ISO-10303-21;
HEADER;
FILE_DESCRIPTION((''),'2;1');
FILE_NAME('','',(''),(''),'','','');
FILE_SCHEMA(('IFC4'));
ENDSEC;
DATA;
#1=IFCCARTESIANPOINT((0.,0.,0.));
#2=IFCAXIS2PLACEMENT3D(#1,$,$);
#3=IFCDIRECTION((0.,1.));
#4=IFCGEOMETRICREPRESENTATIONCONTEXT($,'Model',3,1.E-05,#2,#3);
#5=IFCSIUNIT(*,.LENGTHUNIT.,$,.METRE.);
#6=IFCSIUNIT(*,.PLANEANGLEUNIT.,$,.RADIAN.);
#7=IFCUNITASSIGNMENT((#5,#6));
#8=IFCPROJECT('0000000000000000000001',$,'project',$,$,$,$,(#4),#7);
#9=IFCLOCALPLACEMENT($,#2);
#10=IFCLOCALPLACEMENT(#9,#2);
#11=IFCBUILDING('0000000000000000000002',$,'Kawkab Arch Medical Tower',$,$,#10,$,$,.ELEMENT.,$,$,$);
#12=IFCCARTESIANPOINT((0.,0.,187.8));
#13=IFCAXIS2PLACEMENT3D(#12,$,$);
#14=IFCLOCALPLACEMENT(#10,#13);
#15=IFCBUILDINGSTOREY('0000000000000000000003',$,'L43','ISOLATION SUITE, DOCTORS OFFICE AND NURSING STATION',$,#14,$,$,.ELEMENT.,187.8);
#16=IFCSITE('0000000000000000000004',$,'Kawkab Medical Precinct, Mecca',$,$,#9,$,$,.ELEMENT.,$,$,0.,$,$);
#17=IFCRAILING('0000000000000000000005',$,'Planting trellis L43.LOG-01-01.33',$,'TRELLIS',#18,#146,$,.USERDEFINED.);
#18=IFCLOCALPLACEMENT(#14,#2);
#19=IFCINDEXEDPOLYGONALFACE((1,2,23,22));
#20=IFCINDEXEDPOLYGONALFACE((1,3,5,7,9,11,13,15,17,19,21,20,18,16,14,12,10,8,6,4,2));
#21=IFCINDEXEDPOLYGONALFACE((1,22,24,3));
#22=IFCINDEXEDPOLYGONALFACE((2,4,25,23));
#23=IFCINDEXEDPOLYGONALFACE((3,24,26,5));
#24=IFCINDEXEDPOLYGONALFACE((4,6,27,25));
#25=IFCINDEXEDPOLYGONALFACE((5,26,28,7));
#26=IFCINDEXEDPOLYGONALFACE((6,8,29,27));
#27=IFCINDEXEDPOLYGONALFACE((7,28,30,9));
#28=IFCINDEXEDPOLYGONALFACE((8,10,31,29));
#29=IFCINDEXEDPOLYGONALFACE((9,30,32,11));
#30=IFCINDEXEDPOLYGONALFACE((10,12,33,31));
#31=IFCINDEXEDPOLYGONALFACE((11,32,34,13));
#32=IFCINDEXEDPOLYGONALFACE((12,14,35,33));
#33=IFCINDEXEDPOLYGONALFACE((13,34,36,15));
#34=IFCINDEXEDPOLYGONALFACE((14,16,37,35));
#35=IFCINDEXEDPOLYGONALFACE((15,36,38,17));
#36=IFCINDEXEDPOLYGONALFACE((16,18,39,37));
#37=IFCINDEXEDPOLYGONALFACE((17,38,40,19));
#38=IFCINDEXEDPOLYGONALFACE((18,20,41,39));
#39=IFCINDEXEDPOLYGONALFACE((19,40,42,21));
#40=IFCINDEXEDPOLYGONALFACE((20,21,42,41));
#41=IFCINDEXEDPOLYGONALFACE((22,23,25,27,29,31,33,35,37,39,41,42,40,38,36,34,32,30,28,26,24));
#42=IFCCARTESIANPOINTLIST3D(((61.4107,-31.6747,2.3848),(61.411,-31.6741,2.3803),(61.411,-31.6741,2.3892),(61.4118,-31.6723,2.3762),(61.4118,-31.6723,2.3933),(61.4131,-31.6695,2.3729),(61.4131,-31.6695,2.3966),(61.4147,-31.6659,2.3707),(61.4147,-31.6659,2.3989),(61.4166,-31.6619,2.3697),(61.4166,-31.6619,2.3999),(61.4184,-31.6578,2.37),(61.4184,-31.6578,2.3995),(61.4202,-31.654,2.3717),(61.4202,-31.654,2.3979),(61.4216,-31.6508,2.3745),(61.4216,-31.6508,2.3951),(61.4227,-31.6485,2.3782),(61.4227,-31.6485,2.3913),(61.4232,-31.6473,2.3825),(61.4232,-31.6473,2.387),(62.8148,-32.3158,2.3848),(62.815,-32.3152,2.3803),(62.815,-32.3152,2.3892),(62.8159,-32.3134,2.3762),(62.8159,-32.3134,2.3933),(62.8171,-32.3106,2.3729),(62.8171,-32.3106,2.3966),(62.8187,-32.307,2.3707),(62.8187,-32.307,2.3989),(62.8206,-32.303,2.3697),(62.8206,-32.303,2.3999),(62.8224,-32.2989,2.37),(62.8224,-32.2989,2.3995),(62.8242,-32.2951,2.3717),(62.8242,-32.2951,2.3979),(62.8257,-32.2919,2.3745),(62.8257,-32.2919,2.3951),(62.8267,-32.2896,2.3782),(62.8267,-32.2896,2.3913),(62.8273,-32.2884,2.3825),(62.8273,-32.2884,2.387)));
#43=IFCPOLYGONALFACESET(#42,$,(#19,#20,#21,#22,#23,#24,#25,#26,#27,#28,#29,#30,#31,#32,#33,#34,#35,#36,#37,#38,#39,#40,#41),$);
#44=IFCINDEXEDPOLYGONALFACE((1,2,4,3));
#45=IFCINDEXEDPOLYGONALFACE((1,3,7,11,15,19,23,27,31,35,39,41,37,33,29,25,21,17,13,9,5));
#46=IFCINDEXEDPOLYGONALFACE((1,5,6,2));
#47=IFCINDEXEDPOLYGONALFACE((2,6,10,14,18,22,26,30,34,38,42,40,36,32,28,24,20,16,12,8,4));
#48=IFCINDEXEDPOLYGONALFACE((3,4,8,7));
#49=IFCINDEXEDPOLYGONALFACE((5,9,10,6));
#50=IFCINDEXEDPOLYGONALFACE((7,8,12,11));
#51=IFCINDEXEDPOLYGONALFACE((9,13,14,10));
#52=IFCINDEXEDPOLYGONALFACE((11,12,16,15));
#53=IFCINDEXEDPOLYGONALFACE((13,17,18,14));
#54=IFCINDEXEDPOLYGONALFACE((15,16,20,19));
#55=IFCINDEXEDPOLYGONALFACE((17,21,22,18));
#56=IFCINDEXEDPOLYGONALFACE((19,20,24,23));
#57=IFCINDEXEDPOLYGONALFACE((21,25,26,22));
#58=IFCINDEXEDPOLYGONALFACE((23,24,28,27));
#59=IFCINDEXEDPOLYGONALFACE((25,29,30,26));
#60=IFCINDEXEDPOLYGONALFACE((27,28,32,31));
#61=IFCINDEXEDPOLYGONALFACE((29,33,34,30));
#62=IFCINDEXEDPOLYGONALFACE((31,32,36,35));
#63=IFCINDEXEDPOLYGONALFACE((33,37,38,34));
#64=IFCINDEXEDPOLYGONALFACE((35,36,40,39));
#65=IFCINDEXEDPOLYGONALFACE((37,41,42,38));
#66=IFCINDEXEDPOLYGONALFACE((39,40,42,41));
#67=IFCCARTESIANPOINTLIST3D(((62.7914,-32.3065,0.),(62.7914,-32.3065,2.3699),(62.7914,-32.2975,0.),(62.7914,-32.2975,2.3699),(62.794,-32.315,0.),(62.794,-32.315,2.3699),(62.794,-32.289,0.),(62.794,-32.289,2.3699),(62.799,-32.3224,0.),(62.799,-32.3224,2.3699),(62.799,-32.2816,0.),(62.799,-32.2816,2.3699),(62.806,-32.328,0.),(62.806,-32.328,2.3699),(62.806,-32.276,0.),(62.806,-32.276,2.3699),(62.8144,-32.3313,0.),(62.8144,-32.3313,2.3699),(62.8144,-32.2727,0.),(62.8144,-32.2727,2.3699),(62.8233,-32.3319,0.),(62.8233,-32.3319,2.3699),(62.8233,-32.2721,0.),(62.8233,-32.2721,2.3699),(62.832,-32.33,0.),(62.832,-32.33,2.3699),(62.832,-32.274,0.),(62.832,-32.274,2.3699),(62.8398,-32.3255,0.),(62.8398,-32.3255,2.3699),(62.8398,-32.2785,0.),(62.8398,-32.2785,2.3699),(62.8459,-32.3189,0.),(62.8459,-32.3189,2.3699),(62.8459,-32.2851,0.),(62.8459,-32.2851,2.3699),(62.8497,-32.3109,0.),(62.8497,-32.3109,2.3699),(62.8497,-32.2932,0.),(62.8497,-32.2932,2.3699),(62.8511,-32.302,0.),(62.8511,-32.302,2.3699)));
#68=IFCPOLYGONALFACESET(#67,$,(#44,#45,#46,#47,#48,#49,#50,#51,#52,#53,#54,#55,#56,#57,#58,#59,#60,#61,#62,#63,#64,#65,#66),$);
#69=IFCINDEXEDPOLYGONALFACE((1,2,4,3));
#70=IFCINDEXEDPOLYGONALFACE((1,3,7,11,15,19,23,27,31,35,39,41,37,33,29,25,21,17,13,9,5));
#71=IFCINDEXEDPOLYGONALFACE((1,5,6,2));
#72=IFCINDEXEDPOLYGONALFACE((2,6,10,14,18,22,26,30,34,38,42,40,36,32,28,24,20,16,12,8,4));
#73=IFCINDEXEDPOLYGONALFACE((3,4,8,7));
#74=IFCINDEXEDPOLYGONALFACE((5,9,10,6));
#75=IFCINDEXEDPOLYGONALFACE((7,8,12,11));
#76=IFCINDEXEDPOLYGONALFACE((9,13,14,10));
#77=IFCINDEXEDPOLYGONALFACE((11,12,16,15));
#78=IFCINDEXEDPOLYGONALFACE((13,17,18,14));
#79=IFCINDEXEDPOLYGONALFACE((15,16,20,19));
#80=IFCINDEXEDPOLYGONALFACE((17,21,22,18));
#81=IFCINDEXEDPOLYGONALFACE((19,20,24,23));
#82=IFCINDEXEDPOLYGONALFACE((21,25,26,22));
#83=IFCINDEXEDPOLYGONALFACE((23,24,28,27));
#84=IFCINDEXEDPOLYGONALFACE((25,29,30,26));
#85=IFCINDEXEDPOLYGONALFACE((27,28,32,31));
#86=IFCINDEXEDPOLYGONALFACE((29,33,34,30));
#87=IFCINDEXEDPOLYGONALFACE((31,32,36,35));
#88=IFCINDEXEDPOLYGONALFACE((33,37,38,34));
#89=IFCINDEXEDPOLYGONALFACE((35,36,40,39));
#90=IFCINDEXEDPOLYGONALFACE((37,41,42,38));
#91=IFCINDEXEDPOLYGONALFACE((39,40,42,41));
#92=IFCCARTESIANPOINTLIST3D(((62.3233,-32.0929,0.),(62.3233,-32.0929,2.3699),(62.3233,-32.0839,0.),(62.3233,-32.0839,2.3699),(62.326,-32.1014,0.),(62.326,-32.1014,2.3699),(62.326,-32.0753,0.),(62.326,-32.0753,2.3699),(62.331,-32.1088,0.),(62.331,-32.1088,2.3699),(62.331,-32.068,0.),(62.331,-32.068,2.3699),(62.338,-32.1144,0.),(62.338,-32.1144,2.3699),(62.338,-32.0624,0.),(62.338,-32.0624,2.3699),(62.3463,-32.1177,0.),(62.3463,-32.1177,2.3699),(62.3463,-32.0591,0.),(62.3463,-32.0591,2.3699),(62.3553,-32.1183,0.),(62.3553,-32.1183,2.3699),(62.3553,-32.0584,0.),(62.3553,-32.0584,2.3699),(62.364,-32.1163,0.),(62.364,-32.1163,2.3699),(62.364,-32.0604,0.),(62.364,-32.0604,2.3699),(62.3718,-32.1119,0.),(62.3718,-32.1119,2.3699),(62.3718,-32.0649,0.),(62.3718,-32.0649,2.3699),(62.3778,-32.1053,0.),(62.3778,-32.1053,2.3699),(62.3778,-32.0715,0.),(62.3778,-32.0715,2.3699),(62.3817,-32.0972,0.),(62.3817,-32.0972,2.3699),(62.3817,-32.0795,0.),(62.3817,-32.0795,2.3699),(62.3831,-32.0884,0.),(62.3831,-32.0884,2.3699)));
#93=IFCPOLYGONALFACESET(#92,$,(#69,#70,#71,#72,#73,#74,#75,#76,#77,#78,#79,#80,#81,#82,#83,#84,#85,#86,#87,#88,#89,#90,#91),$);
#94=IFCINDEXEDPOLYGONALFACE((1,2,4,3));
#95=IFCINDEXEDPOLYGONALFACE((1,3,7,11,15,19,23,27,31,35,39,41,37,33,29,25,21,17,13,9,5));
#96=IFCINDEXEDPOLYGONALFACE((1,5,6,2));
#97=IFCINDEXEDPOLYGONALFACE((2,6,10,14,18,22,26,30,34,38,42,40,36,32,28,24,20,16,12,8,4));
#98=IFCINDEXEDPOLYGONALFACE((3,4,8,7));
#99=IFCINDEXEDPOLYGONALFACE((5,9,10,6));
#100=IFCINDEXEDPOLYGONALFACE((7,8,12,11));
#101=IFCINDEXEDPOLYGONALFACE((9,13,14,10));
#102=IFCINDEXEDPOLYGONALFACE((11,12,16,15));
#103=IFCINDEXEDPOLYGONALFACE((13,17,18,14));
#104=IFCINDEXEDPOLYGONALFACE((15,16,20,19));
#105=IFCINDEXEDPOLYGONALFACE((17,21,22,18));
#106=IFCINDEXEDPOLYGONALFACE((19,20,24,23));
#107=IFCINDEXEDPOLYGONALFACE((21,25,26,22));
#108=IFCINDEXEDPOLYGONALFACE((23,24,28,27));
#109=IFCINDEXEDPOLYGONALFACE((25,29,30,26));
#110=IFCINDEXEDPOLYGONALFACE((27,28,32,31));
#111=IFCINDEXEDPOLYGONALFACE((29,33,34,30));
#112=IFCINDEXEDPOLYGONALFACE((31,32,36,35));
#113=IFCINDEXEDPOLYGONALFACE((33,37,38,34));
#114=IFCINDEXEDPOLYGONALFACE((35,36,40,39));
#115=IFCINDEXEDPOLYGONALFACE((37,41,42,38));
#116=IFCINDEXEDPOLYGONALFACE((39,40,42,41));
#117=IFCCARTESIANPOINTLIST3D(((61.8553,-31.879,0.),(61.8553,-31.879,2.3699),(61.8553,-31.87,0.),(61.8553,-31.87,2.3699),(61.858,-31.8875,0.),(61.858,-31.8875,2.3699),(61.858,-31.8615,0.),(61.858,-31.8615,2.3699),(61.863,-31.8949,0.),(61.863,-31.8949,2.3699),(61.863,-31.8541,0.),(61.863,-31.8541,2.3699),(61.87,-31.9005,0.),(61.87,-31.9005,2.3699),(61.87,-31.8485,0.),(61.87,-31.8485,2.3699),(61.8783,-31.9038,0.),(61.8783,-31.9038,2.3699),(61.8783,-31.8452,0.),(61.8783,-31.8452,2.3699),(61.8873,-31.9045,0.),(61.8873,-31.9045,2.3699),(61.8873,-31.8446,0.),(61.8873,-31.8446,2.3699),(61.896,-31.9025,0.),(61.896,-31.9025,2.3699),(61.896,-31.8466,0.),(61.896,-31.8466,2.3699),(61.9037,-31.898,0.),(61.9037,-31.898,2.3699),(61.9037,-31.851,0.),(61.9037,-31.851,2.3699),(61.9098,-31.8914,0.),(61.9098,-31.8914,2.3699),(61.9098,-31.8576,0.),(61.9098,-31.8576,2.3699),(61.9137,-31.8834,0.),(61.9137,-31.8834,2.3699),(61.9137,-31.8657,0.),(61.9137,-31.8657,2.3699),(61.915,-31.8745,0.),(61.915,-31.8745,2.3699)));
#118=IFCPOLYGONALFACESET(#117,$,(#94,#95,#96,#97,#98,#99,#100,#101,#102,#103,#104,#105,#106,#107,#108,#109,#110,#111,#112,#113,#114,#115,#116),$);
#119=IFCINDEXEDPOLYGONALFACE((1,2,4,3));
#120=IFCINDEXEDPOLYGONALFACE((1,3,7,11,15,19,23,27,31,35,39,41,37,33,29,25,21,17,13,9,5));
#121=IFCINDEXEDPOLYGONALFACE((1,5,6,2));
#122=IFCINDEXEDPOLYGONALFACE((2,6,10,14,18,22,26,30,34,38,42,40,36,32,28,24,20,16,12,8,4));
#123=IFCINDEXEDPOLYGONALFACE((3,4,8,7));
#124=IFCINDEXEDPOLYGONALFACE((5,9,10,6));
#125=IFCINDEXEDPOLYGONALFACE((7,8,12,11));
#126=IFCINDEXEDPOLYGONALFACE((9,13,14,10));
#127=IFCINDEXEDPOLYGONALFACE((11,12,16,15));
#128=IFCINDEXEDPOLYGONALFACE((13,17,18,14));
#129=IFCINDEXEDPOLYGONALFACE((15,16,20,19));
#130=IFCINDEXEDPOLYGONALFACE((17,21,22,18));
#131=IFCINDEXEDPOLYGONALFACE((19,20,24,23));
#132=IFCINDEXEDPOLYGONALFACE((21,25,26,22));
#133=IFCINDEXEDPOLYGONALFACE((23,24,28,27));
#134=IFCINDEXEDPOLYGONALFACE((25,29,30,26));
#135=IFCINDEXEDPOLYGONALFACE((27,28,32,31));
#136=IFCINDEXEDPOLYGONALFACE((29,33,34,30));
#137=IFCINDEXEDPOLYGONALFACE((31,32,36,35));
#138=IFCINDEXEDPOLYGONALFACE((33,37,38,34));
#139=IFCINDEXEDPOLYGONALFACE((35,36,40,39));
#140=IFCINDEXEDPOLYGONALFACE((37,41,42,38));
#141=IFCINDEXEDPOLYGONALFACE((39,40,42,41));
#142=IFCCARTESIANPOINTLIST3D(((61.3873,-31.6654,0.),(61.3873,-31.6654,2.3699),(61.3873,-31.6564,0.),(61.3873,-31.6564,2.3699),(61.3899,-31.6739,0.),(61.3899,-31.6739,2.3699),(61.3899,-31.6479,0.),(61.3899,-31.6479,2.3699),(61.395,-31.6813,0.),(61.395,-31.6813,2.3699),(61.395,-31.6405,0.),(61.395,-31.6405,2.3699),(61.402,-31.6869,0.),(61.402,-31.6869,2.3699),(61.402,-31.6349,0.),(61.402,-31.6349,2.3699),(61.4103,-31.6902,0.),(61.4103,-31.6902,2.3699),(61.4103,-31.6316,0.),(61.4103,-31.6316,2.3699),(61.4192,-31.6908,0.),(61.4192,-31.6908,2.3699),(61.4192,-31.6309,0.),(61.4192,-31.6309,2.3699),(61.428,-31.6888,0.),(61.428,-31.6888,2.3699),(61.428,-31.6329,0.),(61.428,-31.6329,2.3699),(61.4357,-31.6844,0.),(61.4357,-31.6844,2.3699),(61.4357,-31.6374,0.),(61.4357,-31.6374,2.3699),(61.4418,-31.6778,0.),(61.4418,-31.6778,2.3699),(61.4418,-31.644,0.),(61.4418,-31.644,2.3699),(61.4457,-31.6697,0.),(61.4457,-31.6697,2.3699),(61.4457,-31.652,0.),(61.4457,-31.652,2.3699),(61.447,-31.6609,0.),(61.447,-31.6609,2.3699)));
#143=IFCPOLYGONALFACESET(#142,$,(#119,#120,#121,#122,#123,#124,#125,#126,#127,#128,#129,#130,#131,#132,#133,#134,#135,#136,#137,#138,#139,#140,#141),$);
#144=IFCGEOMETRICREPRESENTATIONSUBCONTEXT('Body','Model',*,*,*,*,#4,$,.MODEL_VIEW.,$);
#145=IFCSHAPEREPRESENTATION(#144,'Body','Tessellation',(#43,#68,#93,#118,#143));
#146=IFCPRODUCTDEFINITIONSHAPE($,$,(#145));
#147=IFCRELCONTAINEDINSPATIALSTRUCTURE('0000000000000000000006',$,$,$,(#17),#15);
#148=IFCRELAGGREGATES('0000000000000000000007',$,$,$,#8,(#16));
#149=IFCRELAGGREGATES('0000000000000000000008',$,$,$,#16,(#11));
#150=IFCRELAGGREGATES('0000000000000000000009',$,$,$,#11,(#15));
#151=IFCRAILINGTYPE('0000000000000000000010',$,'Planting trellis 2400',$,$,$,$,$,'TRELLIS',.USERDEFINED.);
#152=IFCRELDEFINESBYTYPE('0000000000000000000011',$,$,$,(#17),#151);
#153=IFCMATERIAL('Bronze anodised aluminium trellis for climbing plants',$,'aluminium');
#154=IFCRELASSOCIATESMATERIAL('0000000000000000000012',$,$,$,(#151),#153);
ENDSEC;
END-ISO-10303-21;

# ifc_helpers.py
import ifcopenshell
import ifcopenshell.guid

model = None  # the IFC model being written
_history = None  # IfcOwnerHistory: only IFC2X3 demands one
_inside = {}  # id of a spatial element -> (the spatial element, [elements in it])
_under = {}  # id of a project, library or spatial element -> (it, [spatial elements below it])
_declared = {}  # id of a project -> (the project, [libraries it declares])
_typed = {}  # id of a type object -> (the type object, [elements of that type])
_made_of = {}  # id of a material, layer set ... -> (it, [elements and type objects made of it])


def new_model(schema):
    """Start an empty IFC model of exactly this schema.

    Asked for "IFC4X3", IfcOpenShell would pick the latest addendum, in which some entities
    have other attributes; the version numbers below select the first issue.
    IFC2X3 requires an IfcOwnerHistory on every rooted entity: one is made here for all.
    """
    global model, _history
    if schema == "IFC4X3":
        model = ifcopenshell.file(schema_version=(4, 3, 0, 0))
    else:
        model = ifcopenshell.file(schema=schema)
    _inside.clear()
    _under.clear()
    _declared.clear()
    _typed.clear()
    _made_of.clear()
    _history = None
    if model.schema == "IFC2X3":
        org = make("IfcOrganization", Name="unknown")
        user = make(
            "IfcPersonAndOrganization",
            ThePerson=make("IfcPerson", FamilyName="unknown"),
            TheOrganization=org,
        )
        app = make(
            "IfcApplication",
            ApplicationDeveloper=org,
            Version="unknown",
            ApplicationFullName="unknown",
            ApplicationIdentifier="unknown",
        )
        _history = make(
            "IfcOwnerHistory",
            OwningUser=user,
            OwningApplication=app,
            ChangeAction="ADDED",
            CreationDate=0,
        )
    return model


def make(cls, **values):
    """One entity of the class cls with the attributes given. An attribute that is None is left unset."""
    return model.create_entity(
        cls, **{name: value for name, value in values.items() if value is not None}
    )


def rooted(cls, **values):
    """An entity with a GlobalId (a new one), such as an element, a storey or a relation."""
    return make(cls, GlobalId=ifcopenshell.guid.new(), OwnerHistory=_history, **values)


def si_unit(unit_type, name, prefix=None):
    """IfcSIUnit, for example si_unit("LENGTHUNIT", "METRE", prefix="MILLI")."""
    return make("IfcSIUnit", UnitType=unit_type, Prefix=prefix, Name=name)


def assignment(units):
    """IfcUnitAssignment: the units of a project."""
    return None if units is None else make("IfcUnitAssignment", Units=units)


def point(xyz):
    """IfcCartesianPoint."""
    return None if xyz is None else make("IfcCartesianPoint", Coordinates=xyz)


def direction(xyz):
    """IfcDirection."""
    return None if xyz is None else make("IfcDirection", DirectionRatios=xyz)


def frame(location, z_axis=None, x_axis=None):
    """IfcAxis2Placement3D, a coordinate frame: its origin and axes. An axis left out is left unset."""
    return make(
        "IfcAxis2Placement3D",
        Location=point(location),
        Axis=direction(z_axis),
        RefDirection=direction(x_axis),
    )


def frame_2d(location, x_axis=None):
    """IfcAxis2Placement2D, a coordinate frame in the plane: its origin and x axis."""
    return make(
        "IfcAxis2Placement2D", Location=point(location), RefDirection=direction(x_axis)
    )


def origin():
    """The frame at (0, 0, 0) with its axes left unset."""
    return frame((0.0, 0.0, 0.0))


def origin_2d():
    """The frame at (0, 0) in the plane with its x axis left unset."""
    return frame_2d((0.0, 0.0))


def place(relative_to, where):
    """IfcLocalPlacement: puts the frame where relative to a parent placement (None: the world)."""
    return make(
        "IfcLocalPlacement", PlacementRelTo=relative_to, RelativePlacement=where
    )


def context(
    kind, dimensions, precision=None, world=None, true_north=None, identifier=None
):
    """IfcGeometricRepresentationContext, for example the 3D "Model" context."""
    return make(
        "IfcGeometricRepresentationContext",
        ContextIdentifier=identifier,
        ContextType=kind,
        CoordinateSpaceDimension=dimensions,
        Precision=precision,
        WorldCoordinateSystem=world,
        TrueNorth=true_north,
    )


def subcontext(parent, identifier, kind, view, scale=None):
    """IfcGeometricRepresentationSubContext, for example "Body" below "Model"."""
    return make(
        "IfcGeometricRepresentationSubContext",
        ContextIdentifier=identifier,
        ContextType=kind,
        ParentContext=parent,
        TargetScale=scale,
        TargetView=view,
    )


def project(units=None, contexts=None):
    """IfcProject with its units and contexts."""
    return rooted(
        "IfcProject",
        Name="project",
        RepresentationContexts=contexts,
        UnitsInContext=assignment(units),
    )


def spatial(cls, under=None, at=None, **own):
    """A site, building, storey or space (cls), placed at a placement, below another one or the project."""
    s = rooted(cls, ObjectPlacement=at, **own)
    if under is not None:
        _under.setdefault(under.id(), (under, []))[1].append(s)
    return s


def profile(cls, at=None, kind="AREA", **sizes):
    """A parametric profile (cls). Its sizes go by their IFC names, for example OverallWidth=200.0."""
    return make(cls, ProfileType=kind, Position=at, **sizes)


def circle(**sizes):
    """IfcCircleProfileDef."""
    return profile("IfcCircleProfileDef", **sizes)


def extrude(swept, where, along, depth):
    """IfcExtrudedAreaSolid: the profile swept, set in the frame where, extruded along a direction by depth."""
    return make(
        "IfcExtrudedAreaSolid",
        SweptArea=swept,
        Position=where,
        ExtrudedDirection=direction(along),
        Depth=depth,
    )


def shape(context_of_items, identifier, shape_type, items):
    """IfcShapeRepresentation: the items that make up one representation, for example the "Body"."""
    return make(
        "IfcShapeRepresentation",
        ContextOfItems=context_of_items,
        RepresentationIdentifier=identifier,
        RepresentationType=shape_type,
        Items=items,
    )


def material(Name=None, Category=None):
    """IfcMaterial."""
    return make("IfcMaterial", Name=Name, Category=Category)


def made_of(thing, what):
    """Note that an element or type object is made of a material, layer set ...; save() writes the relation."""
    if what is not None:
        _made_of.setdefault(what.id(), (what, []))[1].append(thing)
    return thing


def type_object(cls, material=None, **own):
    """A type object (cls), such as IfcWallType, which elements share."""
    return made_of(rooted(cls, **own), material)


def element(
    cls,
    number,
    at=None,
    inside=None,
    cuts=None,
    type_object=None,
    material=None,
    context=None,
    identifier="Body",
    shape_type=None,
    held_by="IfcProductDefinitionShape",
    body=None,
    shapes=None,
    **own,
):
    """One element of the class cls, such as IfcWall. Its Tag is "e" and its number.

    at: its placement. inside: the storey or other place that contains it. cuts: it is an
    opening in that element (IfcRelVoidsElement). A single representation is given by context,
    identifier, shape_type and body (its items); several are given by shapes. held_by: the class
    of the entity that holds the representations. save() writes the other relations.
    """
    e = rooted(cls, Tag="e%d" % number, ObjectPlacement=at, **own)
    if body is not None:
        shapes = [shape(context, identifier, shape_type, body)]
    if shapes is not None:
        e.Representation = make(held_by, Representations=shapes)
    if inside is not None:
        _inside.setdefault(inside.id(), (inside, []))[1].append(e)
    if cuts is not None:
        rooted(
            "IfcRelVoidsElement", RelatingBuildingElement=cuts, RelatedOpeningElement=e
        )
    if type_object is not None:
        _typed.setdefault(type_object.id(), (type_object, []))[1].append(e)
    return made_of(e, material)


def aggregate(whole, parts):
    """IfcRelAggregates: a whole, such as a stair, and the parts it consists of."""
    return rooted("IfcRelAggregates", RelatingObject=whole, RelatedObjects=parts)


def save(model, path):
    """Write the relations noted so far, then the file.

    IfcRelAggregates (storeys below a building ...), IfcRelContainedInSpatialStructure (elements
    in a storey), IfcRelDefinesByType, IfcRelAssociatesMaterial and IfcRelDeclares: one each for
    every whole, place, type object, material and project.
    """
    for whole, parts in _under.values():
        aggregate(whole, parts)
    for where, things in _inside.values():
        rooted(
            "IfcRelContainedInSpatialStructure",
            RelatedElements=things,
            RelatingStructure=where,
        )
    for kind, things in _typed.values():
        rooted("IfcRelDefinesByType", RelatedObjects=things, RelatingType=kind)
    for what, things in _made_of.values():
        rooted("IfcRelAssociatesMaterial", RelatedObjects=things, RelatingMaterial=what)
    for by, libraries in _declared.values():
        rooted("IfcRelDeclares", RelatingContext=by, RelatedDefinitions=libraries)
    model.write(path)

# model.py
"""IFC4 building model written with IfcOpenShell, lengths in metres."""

from ifc_helpers import new_model, si_unit, direction, frame, origin, origin_2d, place, context, subcontext, project, spatial, circle, extrude, material, type_object, element, save


model = new_model("IFC4")

# Units and contexts
model_context = context("Model", 3, precision=1e-05, world=origin(), true_north=direction((0.0, 1.0)))
body_context = subcontext(model_context, "Body", "Model", "MODEL_VIEW")
ifc_project = project(units=[si_unit("LENGTHUNIT", "METRE"), si_unit("PLANEANGLEUNIT", "RADIAN")], contexts=[model_context])

# Site, building, storey
site_placement = place(None, origin())
site = spatial("IfcSite", under=ifc_project, at=site_placement, Name="Kawkab Medical Precinct, Mecca", CompositionType="ELEMENT", RefElevation=0.0)
building_placement = place(site_placement, origin())
building = spatial("IfcBuilding", under=site, at=building_placement, Name="Kawkab Arch Medical Tower", CompositionType="ELEMENT")
storey_placement = place(building_placement, frame((0.0, 0.0, 187.8)))
storey = spatial("IfcBuildingStorey", under=building, at=storey_placement, Name="L43", Description="ISOLATION SUITE, DOCTORS OFFICE AND NURSING STATION", CompositionType="ELEMENT", Elevation=187.8)

# Railing
ifc_material_1 = material(Name="Bronze anodised aluminium trellis for climbing plants", Category="aluminium")
railing_type = type_object("IfcRailingType", Name="Planting trellis 2400", ElementType="TRELLIS", PredefinedType="USERDEFINED", material=ifc_material_1)
railing_1_placement = place(storey_placement, frame((62.821, -32.302, 0.0)))
element("IfcRailing", 1, at=railing_1_placement, inside=storey, type_object=railing_type, Name="Planting trellis L43.LOG-01-01.33", ObjectType="TRELLIS", PredefinedType="USERDEFINED", context=body_context, shape_type="SweptSolid", body=[
    extrude(circle(Radius=0.0151, at=origin_2d()), frame((0.0, 0.0, 2.3848), z_axis=(-0.909656, 0.415363, 0.0), x_axis=(-0.415363, -0.909656, 0.0)), (0.0, 0.0, 1.0), 1.5435),
    extrude(circle(Radius=0.03, at=origin_2d()), origin(), (0.0, 0.0, 1.0), 2.3699),
    extrude(circle(Radius=0.03, at=origin_2d()), frame((-0.468, 0.2136, 0.0)), (0.0, 0.0, 1.0), 2.3699),
    extrude(circle(Radius=0.03, at=origin_2d()), frame((-0.936, 0.4275, 0.0)), (0.0, 0.0, 1.0), 2.3699),
    extrude(circle(Radius=0.03, at=origin_2d()), frame((-1.4041, 0.6411, 0.0)), (0.0, 0.0, 1.0), 2.3699),
])

save(model, "model.ifc")
